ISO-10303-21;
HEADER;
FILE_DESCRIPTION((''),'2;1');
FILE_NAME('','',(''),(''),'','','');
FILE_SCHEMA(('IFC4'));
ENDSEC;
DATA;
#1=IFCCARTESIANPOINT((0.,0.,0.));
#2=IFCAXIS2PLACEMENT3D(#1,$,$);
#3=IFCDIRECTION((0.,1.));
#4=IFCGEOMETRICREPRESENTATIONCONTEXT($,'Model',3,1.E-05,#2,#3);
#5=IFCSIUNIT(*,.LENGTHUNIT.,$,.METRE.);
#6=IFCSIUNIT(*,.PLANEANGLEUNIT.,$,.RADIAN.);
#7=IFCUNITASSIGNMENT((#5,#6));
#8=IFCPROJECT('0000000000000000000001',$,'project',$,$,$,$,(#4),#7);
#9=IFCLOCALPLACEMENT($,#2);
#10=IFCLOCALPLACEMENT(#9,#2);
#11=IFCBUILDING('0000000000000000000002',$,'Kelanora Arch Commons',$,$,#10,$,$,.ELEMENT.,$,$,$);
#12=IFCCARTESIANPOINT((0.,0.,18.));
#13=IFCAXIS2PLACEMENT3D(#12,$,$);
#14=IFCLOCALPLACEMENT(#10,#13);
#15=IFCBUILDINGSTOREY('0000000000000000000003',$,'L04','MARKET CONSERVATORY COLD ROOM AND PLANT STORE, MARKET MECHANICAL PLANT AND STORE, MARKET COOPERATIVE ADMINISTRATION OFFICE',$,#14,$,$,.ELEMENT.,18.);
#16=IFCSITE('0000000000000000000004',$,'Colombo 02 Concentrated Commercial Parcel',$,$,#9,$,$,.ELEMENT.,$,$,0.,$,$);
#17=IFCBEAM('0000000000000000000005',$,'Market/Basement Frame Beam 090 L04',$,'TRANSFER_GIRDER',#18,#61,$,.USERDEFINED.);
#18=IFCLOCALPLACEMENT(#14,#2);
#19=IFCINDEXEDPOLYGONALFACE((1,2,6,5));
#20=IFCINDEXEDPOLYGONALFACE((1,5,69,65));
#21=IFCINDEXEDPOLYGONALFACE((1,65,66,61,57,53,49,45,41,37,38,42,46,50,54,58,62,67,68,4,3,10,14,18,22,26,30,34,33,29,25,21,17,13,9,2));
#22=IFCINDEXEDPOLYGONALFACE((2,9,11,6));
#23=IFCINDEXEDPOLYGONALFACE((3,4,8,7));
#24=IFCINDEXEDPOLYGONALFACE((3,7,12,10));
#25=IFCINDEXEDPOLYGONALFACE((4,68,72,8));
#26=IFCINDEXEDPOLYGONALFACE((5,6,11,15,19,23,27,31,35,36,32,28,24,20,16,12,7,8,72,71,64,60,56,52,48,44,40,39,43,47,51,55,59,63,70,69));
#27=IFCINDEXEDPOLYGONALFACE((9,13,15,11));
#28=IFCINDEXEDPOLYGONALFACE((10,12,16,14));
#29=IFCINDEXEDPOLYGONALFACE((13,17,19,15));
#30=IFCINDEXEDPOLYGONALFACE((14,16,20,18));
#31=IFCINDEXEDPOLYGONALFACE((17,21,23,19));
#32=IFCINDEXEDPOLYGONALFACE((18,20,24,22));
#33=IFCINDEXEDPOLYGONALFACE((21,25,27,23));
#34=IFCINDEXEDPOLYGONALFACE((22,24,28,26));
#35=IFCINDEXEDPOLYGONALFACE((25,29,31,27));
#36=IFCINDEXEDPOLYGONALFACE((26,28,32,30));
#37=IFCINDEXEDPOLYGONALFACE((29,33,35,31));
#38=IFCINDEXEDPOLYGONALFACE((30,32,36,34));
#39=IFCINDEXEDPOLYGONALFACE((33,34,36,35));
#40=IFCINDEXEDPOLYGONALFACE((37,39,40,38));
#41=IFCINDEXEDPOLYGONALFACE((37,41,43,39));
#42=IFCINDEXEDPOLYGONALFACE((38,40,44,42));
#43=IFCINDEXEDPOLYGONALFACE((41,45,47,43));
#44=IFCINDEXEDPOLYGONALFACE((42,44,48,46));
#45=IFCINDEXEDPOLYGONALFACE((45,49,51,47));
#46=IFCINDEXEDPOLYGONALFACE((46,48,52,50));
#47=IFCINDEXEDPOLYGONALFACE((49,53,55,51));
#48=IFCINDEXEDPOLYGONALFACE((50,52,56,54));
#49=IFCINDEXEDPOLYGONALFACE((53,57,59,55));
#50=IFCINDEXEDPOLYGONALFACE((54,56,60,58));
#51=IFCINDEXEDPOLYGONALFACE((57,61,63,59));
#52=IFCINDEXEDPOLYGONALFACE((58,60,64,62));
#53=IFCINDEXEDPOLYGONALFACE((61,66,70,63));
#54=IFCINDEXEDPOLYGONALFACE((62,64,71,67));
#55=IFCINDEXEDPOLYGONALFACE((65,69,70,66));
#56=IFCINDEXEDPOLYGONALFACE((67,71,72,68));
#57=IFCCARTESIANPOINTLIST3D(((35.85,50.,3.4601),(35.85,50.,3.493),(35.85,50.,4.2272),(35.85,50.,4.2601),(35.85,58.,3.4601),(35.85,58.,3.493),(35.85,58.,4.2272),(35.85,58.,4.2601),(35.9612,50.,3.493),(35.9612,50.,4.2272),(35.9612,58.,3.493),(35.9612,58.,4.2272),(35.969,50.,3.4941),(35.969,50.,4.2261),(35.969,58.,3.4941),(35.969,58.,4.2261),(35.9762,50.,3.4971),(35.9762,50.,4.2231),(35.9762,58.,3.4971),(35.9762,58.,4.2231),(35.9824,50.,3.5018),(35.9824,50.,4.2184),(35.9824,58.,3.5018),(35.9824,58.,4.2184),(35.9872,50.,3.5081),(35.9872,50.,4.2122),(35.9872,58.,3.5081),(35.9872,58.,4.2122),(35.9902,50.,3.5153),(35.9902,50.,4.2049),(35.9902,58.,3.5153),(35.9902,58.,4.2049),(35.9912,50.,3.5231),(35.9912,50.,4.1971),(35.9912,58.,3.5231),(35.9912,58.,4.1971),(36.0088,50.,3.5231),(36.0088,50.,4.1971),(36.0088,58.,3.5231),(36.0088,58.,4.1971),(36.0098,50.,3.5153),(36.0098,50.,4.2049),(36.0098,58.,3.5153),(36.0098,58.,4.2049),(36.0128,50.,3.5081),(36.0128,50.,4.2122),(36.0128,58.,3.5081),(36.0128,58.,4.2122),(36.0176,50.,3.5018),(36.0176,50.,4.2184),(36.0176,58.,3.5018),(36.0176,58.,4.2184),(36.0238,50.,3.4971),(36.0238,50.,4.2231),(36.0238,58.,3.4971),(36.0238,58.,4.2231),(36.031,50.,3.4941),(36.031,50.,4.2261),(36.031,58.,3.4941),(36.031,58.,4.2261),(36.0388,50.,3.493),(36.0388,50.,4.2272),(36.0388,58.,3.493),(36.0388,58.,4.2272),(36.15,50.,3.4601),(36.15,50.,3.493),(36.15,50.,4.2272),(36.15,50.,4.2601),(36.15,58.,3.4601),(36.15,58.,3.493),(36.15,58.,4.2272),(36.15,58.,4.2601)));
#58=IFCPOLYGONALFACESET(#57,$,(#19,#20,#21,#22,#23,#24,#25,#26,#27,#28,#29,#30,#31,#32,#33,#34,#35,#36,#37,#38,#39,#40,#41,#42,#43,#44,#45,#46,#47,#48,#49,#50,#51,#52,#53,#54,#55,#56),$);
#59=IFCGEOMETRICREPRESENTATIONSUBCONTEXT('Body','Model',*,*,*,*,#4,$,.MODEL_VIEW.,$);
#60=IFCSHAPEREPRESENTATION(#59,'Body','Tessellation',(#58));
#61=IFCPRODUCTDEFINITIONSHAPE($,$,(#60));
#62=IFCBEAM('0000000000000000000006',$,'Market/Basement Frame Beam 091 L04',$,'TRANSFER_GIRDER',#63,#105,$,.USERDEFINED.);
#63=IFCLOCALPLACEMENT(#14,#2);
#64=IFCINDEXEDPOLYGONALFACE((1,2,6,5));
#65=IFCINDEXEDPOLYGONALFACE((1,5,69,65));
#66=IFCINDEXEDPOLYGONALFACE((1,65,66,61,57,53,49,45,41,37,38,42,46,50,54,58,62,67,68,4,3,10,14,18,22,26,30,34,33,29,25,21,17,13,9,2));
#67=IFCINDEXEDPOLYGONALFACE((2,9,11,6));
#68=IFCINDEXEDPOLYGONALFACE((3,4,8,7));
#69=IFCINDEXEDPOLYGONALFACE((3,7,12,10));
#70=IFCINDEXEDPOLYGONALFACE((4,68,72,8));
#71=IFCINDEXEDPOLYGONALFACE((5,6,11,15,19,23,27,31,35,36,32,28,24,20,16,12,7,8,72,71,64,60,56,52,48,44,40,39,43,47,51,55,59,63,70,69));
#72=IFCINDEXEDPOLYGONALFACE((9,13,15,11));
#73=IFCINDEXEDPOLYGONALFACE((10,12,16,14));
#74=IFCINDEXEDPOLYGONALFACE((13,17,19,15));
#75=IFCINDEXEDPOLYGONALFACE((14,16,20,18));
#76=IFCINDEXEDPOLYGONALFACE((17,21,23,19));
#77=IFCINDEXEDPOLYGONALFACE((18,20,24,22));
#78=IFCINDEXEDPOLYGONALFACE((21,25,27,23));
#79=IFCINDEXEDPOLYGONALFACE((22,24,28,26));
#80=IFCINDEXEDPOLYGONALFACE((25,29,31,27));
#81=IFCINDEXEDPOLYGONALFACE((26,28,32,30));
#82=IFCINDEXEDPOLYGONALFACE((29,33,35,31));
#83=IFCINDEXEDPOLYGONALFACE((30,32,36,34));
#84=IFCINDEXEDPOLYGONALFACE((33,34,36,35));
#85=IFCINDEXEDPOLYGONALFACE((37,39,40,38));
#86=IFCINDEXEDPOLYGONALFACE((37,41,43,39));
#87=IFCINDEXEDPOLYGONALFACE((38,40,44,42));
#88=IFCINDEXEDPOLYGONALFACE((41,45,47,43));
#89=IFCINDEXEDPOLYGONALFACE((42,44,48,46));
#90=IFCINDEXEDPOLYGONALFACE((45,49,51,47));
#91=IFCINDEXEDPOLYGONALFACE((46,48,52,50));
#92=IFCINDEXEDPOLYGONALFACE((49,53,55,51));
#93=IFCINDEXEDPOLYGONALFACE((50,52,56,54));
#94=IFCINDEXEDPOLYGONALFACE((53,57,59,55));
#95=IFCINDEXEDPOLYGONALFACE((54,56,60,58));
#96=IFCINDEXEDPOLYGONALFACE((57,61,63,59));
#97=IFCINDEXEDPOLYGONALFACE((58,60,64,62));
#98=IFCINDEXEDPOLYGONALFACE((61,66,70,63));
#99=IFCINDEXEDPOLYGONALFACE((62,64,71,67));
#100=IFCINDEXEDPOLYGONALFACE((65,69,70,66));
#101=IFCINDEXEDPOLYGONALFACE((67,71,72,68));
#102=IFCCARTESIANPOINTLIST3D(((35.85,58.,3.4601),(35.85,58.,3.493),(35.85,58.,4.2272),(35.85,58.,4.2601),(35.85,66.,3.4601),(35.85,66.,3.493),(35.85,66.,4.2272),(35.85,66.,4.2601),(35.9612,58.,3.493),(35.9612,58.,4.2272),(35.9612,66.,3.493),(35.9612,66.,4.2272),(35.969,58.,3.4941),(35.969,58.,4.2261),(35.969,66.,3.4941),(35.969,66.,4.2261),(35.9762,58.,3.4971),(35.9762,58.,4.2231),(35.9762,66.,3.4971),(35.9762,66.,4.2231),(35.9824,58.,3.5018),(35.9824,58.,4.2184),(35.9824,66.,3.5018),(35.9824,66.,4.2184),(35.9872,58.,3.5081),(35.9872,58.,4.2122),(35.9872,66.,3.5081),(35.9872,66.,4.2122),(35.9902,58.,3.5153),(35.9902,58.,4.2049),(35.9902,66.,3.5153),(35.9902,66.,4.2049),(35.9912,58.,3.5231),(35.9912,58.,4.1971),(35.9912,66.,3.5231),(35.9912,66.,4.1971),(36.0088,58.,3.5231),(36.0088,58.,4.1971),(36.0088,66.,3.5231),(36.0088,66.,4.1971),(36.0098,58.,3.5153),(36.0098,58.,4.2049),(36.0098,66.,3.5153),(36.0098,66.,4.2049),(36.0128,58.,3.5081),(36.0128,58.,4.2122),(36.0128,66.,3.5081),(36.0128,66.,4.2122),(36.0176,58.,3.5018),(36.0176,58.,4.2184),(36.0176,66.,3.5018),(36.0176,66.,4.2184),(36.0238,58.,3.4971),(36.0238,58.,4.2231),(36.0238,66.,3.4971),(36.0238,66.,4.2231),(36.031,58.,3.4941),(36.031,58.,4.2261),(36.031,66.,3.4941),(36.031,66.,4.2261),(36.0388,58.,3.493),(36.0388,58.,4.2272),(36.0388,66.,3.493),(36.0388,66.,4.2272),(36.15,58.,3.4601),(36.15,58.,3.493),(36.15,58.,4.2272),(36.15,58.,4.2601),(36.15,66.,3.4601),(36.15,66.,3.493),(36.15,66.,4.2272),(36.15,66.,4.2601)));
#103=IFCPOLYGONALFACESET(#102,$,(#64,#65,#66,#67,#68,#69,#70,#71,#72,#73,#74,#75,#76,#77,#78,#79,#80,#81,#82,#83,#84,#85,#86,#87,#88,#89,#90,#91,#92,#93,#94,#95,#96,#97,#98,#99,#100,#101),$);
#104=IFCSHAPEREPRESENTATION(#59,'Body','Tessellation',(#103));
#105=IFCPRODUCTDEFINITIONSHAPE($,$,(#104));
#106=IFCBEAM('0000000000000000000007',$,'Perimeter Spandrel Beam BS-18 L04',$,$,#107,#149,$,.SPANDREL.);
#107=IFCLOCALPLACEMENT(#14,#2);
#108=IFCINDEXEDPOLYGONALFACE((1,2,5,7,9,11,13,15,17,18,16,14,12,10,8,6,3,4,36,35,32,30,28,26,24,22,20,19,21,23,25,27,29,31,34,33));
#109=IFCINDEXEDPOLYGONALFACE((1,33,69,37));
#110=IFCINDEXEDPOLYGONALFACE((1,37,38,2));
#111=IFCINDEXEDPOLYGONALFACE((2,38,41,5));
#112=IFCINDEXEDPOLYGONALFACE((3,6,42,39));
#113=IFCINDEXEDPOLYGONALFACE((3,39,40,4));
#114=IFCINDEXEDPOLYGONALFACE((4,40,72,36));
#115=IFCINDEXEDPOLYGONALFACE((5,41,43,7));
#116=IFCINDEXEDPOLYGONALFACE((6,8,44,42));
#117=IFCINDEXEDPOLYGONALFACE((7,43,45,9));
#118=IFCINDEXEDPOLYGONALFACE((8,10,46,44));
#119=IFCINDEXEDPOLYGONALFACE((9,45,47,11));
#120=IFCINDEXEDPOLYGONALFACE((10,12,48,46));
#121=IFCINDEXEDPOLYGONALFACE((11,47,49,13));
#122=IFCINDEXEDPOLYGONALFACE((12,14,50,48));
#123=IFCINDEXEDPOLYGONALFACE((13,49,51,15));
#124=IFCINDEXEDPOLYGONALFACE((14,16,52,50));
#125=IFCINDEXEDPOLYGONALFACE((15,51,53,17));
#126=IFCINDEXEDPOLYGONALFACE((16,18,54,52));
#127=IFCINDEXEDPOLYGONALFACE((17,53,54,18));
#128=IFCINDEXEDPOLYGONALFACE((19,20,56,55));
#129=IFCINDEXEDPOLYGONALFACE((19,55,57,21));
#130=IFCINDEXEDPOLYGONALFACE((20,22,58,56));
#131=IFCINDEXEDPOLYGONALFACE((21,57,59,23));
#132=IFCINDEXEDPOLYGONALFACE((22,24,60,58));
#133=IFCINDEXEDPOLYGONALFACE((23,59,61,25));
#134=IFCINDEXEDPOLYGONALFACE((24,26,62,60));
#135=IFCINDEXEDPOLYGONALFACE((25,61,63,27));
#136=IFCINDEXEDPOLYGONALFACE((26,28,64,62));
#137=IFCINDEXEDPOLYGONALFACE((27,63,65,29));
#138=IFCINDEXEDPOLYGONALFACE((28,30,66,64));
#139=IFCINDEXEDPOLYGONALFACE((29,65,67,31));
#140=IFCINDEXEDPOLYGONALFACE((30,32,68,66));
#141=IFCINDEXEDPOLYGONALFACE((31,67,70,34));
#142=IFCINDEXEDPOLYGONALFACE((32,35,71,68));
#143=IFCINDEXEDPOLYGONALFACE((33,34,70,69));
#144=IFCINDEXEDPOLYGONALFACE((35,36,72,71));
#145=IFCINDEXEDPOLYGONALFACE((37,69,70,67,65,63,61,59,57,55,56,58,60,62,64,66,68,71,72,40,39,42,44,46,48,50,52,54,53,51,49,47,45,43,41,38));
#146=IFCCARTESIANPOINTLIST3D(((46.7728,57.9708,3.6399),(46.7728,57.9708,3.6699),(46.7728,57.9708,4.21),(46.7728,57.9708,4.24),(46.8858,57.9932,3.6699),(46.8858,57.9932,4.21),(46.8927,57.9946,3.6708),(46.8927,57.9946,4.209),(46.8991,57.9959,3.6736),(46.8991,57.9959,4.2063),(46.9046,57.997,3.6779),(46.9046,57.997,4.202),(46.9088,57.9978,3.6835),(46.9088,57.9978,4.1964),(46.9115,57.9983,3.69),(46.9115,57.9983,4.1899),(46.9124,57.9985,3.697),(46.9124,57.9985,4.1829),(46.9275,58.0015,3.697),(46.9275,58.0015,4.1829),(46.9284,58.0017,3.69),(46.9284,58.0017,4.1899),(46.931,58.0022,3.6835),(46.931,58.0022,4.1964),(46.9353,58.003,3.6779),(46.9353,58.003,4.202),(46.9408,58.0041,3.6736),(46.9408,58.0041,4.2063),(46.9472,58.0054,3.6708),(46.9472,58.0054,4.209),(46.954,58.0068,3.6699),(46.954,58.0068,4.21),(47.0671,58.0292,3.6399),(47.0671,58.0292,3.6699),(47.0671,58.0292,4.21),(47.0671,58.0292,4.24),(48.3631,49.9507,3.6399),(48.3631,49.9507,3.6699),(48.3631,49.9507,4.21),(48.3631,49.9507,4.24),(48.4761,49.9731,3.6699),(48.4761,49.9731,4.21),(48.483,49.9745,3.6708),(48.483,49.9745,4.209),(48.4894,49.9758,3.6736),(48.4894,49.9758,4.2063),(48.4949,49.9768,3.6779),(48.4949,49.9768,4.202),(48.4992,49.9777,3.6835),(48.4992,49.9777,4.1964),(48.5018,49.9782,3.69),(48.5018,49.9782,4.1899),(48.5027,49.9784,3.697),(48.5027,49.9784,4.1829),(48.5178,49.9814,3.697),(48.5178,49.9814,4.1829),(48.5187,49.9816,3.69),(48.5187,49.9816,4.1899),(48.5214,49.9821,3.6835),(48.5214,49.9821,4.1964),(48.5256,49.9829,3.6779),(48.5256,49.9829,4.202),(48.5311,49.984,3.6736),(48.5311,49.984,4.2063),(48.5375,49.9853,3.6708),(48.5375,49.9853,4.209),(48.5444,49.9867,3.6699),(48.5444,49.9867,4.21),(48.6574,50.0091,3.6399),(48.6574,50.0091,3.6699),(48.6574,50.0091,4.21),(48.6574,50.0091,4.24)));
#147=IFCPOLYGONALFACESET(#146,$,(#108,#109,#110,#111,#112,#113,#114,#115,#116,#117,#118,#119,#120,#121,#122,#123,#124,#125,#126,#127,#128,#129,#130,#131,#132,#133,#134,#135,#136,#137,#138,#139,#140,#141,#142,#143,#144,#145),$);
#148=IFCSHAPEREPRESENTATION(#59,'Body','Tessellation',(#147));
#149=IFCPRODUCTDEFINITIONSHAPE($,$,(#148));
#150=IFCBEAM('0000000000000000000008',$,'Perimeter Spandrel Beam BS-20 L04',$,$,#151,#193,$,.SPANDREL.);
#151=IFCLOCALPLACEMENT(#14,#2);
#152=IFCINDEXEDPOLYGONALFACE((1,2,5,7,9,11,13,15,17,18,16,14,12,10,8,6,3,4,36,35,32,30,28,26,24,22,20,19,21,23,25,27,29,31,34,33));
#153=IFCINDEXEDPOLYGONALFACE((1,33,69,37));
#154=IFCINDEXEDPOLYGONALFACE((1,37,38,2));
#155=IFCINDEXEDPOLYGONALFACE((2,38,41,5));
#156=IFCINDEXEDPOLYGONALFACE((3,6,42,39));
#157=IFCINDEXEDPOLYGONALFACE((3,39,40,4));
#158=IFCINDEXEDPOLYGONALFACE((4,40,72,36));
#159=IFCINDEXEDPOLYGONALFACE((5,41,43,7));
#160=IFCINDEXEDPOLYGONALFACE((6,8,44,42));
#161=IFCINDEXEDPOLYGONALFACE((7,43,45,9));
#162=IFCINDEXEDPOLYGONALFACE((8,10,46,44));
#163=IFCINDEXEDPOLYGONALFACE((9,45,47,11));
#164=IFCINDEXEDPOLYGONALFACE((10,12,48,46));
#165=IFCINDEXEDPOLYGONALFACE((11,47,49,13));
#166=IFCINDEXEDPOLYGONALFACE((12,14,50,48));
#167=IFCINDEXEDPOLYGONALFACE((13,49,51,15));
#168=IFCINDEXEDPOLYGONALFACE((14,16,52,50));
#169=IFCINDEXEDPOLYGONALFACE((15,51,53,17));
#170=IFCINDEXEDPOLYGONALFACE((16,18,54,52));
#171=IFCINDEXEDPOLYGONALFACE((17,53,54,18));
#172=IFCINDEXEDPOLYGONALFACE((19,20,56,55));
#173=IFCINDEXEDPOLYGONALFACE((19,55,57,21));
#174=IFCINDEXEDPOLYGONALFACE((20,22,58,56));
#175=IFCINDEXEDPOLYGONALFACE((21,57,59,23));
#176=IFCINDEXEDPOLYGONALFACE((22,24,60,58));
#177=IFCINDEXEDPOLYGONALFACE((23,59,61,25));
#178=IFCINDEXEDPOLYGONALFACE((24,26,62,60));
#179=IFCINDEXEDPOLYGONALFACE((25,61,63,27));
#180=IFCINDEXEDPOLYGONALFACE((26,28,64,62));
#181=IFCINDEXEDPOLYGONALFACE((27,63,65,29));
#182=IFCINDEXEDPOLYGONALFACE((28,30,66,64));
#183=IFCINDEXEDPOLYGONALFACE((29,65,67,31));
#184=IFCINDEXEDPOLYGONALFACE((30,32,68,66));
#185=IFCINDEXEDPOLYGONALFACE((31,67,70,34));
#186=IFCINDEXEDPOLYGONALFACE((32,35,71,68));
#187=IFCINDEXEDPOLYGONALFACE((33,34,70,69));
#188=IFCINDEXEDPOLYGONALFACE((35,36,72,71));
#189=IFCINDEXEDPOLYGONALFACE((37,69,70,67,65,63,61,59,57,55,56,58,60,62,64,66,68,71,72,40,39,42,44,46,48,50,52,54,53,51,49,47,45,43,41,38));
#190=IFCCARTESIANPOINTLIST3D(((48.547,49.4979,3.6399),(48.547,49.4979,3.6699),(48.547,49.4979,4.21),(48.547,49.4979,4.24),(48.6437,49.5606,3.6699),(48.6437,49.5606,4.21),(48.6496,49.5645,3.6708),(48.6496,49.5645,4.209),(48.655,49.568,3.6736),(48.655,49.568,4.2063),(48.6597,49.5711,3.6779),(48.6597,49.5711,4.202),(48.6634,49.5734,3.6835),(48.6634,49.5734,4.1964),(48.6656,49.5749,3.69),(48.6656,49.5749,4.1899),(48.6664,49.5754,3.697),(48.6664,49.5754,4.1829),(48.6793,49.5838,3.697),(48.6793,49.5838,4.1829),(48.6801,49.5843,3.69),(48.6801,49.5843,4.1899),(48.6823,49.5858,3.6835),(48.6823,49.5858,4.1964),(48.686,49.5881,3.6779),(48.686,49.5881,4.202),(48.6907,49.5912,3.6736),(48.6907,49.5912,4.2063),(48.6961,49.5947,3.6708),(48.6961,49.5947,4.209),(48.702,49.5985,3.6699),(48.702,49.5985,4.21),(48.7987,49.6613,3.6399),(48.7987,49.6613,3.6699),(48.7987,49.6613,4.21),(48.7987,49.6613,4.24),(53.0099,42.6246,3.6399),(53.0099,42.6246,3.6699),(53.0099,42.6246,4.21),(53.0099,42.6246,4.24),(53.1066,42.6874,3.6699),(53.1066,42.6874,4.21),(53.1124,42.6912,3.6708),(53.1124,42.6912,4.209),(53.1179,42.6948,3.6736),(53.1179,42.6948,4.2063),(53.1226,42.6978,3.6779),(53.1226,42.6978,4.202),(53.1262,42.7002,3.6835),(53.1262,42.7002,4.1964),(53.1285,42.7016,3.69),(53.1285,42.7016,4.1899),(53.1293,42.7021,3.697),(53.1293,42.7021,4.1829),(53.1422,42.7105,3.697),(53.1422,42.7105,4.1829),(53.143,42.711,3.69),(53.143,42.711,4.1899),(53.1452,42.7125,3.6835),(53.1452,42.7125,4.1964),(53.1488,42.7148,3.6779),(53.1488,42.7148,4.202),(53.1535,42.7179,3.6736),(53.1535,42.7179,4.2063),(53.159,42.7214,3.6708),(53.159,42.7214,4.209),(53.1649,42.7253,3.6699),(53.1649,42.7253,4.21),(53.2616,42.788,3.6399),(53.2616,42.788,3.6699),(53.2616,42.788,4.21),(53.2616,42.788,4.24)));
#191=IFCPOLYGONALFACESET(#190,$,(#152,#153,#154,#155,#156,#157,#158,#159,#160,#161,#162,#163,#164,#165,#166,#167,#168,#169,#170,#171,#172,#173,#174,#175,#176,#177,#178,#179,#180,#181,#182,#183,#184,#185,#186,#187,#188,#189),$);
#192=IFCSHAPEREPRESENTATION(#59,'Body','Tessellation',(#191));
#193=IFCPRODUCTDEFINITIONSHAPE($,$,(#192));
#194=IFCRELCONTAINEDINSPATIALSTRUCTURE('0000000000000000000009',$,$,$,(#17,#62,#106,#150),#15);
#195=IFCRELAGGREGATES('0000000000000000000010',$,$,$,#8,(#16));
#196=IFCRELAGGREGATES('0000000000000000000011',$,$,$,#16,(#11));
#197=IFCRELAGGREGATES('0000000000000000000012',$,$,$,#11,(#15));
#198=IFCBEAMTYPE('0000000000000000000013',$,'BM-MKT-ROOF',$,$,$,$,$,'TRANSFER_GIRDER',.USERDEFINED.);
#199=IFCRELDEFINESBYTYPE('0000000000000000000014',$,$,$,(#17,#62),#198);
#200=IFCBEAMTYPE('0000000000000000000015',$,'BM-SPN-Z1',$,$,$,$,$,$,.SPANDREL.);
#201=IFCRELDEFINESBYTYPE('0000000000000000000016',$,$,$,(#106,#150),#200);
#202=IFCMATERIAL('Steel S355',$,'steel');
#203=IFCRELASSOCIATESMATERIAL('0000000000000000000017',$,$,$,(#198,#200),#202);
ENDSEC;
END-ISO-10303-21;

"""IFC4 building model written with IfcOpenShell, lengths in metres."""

from ifc_helpers import new_model, si_unit, direction, frame, origin, origin_2d, place, context, subcontext, project, spatial, i_section, extrude, material, material_profile, profile_set, type_object, element, save


model = new_model("IFC4")

# Units and contexts
model_context = context("Model", 3, precision=1e-05, world=origin(), true_north=direction((0.0, 1.0)))
body_context = subcontext(model_context, "Body", "Model", "MODEL_VIEW")
ifc_project = project(units=[si_unit("LENGTHUNIT", "METRE"), si_unit("PLANEANGLEUNIT", "RADIAN")], contexts=[model_context])

# Site, building, storey
site_placement = place(None, origin())
site = spatial("IfcSite", under=ifc_project, at=site_placement, Name="Colombo 02 Concentrated Commercial Parcel", CompositionType="ELEMENT", RefElevation=0.0)
building_placement = place(site_placement, origin())
building = spatial("IfcBuilding", under=site, at=building_placement, Name="Kelanora Arch Commons", CompositionType="ELEMENT")
storey_placement = place(building_placement, frame((0.0, 0.0, 18.0)))
storey = spatial("IfcBuildingStorey", under=building, at=storey_placement, Name="L04", Description="MARKET CONSERVATORY COLD ROOM AND PLANT STORE, MARKET MECHANICAL PLANT AND STORE, MARKET COOPERATIVE ADMINISTRATION OFFICE", CompositionType="ELEMENT", Elevation=18.0)

# Beams
ifc_material_1 = material(Name="Steel S355", Category="steel")
ifc_material_profile_1 = material_profile(ifc_material_1, i_section(OverallWidth=0.3, OverallDepth=0.8, WebThickness=0.0176, FlangeThickness=0.033, FilletRadius=0.03, at=origin_2d()), Name="HEB800")
ifc_profile_set_1 = profile_set([ifc_material_profile_1], Name="Steel S355")
beam_type_1 = type_object("IfcBeamType", Name="BM-MKT-ROOF", ElementType="TRANSFER_GIRDER", PredefinedType="USERDEFINED", material=ifc_profile_set_1)
for number, where, z_axis, x_axis, name in (
    (1, (36.0, 50.0, 3.8601), (0.0, 1.0, 0.0), (-1.0, 0.0, 0.0), "Market/Basement Frame Beam 090 L04"),
    (2, (36.0, 58.0, 3.8601), (0.0, 1.0, 0.0), (-1.0, 0.0, 0.0), "Market/Basement Frame Beam 091 L04"),
):
    element("IfcBeam", number, at=place(storey_placement, frame(where, z_axis=z_axis, x_axis=x_axis)), inside=storey, type_object=beam_type_1, Name=name, ObjectType="TRANSFER_GIRDER", PredefinedType="USERDEFINED", context=body_context, shape_type="SweptSolid", body=[
        extrude(i_section(OverallWidth=0.3, OverallDepth=0.8, WebThickness=0.0176, FlangeThickness=0.033, FilletRadius=0.03, at=origin_2d()), origin(), (0.0, 0.0, 1.0), 8.0),
    ])
ifc_material_profile_2 = material_profile(ifc_material_1, i_section(OverallWidth=0.3, OverallDepth=0.6001, WebThickness=0.0154, FlangeThickness=0.03, FilletRadius=0.0271, at=origin_2d()), Name="HEB600")
ifc_profile_set_2 = profile_set([ifc_material_profile_2], Name="Steel S355")
beam_type_2 = type_object("IfcBeamType", Name="BM-SPN-Z1", PredefinedType="SPANDREL", material=ifc_profile_set_2)
beam_1_placement = place(storey_placement, frame((46.9199, 58.0, 3.9399), z_axis=(0.194508, -0.980901, 0.0), x_axis=(0.980901, 0.194508, 0.0)))
element("IfcBeam", 3, at=beam_1_placement, inside=storey, type_object=beam_type_2, Name="Perimeter Spandrel Beam BS-18 L04", PredefinedType="SPANDREL", context=body_context, shape_type="SweptSolid", body=[
    extrude(i_section(OverallWidth=0.3, OverallDepth=0.6001, WebThickness=0.0154, FlangeThickness=0.03, FilletRadius=0.0271, at=origin_2d()), origin(), (0.0, 0.0, 1.0), 8.1763),
])
beam_2_placement = place(storey_placement, frame((48.6729, 49.5796, 3.9399), z_axis=(0.544581, -0.838708, 0.0), x_axis=(0.838708, 0.544581, 0.0)))
element("IfcBeam", 4, at=beam_2_placement, inside=storey, type_object=beam_type_2, Name="Perimeter Spandrel Beam BS-20 L04", PredefinedType="SPANDREL", context=body_context, shape_type="SweptSolid", body=[
    extrude(i_section(OverallWidth=0.3, OverallDepth=0.6001, WebThickness=0.0154, FlangeThickness=0.03, FilletRadius=0.0271, at=origin_2d()), origin(), (0.0, 0.0, 1.0), 8.1951),
])

save(model, "model.ifc")
